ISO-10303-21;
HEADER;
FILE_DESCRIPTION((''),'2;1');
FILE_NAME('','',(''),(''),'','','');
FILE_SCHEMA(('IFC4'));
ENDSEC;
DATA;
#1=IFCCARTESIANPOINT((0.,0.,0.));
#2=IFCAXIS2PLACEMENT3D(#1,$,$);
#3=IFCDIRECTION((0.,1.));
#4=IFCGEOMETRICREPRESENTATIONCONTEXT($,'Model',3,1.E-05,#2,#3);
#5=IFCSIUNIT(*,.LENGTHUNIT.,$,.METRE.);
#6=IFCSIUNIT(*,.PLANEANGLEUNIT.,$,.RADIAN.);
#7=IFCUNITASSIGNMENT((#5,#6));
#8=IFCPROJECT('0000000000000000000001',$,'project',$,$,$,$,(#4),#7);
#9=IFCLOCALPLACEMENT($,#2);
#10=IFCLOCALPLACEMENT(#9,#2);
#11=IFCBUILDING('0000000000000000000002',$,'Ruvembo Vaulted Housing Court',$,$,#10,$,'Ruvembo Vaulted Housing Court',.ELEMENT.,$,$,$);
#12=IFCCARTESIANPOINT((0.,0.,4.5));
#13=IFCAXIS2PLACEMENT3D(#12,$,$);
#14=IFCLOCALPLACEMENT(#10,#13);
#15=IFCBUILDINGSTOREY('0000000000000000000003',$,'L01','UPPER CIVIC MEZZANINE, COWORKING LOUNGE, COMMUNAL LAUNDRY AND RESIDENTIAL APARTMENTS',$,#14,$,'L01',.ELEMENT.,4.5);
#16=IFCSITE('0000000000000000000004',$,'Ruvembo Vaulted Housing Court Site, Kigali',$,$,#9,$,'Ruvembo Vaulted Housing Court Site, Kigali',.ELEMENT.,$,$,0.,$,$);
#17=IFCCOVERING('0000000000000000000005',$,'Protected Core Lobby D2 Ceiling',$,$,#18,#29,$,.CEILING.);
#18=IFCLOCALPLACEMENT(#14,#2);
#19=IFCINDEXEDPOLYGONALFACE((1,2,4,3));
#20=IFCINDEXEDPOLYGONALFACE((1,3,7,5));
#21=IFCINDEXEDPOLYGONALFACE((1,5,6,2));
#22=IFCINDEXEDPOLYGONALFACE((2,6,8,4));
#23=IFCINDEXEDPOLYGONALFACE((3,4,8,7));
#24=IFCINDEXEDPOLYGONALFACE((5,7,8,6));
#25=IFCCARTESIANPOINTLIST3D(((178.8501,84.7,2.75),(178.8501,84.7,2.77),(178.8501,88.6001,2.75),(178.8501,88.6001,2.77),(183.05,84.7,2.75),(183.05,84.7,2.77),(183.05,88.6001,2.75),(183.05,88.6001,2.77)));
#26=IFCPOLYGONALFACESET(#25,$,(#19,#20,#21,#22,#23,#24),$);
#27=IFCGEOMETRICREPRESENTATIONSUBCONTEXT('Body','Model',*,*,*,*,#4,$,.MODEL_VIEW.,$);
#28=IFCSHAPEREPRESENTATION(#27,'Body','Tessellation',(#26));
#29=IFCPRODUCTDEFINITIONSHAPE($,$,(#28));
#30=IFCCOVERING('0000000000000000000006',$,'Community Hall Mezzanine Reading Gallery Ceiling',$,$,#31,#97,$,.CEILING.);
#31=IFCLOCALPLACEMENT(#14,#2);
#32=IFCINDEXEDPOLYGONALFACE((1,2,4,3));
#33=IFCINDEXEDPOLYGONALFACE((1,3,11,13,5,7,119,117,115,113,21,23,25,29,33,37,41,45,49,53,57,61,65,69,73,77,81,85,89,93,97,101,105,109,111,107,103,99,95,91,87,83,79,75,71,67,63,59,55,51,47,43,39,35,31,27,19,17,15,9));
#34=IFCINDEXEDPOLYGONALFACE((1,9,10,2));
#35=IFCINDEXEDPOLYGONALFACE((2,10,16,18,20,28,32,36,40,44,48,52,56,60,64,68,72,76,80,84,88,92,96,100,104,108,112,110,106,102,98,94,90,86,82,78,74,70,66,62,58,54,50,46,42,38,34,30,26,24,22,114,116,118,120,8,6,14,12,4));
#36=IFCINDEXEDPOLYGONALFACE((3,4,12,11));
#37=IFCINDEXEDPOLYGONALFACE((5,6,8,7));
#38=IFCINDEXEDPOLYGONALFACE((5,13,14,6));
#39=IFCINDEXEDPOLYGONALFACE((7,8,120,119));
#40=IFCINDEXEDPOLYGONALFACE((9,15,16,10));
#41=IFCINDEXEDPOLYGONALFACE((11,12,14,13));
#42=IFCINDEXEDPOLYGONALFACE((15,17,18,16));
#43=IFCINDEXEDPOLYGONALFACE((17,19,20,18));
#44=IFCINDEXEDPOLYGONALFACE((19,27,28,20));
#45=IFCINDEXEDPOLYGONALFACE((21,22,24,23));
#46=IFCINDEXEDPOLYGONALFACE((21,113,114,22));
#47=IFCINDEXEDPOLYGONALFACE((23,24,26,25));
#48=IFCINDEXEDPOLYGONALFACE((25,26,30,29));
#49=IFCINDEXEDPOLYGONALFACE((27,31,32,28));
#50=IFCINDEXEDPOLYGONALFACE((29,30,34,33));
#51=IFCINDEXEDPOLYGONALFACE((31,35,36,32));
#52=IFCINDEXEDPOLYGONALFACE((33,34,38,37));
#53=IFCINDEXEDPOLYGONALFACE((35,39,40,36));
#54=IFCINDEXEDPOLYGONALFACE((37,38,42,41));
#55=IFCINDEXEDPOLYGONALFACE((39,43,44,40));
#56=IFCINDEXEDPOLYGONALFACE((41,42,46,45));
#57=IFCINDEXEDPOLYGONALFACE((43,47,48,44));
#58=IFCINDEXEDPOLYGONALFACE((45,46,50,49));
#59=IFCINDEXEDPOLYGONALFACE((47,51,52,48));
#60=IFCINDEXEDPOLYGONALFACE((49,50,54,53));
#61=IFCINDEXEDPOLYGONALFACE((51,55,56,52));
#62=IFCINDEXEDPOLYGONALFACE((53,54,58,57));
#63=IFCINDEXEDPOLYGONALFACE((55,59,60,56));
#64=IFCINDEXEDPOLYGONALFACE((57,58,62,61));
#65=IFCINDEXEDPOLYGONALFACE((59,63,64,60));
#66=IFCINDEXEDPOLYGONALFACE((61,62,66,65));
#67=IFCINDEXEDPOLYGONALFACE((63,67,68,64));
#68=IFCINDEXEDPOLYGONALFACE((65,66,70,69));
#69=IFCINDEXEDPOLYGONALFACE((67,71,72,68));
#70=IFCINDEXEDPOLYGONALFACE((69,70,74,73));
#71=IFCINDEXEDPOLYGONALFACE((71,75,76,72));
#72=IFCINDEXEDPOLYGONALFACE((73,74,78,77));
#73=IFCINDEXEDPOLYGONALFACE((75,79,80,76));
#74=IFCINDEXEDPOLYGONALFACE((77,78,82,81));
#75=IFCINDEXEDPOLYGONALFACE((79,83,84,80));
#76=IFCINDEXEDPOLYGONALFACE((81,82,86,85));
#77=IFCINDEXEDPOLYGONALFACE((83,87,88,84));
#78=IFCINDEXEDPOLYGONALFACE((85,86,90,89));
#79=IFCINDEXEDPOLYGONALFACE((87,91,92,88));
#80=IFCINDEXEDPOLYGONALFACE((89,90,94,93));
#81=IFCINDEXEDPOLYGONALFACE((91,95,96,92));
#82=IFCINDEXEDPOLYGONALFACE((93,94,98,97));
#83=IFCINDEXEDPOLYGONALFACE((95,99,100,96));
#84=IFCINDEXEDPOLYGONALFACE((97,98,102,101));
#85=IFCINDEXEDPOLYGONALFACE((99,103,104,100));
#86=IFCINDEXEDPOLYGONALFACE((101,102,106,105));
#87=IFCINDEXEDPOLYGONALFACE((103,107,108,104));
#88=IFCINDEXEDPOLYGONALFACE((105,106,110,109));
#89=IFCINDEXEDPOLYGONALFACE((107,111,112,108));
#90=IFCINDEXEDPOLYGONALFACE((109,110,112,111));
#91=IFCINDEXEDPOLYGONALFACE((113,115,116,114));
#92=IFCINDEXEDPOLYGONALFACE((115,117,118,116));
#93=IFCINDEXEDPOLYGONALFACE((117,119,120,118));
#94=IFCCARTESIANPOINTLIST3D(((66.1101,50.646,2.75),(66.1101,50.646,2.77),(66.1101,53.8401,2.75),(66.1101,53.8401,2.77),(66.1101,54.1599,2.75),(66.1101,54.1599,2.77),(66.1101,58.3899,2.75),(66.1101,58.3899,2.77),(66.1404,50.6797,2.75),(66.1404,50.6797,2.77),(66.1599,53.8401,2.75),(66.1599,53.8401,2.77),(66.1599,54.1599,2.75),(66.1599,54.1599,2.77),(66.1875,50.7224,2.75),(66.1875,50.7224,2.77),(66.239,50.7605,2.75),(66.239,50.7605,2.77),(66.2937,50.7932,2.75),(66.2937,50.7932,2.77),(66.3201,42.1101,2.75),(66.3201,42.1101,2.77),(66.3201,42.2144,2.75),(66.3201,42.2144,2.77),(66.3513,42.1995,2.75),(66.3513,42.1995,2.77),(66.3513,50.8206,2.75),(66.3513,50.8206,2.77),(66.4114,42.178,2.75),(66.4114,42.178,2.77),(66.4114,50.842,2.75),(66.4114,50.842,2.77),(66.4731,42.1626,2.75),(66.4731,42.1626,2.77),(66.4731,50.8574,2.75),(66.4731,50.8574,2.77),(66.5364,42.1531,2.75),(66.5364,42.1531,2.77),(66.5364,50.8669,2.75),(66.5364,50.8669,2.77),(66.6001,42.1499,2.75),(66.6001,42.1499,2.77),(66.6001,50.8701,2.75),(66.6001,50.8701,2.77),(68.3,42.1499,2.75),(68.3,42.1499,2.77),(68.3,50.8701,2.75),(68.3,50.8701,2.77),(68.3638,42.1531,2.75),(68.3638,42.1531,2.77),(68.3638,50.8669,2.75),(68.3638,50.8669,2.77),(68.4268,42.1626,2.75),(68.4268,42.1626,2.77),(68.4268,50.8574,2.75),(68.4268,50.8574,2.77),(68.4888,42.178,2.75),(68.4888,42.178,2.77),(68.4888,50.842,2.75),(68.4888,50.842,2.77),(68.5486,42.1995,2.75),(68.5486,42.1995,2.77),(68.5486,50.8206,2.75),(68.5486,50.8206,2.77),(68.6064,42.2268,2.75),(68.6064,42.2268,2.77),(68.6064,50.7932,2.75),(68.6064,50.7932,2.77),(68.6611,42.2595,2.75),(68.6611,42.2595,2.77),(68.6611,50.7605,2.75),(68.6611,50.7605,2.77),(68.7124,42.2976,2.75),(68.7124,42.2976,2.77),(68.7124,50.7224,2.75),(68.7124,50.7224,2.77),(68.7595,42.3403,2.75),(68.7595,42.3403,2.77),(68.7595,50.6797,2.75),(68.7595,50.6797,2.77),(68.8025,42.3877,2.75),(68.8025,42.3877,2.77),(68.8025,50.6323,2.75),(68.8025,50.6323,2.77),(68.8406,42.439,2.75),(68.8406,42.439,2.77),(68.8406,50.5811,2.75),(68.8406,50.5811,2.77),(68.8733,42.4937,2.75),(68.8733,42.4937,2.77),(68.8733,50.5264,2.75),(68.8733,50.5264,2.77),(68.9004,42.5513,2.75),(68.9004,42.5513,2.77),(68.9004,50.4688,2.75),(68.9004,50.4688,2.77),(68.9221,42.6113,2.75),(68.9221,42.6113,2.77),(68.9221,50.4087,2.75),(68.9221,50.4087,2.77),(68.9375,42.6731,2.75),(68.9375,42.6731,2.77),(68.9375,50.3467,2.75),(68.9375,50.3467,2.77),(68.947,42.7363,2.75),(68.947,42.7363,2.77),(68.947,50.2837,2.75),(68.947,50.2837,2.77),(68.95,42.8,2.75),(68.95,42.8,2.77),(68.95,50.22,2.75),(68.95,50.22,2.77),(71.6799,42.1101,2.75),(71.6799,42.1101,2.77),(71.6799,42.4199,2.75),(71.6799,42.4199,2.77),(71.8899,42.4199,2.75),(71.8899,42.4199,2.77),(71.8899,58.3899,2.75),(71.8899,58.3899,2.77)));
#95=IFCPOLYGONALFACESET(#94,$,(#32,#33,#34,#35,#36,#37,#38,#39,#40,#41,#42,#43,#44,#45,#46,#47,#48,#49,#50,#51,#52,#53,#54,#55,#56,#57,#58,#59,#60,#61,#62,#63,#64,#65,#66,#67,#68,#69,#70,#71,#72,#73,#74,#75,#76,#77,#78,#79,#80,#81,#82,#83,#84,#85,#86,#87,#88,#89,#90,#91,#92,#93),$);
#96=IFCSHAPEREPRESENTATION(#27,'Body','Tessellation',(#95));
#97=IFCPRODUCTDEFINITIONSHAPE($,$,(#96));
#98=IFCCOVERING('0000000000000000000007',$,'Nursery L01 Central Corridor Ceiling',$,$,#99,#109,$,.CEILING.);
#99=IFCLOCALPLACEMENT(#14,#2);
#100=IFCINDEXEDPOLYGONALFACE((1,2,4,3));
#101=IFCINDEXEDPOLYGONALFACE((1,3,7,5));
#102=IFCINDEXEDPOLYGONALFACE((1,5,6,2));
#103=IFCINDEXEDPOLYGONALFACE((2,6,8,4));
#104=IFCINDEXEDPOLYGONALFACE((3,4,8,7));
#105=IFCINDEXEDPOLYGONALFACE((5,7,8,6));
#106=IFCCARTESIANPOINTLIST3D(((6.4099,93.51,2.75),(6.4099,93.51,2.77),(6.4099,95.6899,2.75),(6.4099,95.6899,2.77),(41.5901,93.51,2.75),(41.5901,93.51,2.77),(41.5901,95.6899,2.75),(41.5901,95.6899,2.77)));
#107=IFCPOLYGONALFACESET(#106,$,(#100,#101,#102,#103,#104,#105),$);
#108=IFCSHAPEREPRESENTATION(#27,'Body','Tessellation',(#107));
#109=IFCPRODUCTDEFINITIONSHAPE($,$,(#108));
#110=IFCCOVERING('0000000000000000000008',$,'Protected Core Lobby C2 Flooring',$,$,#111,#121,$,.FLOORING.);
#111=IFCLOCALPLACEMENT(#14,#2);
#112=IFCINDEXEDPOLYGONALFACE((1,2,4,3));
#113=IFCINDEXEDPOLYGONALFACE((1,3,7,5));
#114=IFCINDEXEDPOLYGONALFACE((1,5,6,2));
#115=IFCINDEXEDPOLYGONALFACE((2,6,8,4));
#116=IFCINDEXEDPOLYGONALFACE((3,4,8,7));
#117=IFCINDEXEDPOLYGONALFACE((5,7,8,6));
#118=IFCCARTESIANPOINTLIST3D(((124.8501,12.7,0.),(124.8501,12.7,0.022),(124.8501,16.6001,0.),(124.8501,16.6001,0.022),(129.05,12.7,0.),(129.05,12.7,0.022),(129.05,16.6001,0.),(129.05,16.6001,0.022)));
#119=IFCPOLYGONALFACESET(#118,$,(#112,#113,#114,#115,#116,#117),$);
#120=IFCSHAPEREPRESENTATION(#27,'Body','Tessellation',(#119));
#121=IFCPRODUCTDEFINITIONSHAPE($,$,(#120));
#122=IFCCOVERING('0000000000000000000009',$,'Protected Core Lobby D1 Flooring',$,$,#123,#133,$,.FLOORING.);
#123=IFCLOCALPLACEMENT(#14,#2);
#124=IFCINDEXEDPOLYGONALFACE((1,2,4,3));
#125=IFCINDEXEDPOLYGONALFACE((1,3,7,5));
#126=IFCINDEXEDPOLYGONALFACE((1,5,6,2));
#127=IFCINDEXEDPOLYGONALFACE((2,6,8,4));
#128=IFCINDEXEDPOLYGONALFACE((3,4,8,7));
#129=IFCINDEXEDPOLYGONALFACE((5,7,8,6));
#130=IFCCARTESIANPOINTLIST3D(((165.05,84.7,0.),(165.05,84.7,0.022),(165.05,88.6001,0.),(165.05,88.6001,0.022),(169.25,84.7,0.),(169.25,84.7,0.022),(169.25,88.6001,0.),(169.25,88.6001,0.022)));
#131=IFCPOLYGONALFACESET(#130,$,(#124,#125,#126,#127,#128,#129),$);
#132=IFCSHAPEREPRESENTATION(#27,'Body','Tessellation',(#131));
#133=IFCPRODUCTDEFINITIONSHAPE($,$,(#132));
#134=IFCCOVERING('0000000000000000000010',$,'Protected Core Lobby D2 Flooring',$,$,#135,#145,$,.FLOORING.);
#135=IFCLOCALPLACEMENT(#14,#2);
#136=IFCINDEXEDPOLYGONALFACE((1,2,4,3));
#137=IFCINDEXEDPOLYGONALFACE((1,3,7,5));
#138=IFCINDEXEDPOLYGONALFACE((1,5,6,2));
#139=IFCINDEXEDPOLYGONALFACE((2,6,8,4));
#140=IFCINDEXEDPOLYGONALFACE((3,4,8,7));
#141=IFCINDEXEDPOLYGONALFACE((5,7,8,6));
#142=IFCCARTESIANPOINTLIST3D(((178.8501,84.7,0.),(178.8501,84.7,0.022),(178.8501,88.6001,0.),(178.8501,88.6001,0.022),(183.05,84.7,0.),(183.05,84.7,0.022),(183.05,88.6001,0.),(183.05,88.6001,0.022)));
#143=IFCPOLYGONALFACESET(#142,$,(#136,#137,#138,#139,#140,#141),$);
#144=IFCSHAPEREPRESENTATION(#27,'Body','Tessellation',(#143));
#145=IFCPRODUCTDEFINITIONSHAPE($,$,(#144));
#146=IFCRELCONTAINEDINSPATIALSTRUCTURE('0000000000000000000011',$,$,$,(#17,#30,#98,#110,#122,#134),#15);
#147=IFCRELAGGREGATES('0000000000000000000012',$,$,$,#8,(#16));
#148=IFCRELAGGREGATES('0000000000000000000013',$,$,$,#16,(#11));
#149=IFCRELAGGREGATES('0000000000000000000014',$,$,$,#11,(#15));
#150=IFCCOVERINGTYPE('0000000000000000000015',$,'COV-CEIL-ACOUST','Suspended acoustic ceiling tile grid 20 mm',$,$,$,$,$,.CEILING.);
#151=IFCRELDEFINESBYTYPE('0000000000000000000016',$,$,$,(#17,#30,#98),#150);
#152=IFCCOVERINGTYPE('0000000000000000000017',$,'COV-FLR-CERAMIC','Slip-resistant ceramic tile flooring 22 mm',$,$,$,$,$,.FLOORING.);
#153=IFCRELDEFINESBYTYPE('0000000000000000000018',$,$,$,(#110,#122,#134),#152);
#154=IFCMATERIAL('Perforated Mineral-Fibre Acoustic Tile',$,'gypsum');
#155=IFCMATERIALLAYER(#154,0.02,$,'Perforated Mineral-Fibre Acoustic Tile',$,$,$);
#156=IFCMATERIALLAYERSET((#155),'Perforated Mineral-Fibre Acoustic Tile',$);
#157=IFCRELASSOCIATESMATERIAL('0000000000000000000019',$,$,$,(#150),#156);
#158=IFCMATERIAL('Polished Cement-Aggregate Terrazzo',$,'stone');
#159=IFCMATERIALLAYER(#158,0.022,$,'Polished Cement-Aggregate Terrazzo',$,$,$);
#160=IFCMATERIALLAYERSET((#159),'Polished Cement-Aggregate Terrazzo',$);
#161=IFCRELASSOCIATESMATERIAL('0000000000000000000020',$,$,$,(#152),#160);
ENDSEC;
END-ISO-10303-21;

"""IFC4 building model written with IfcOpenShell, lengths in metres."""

from ifc_helpers import new_model, si_unit, direction, frame, origin, place, context, subcontext, project, spatial, polyline, outline, extrude, material, layer, layer_set, type_object, element, save


model = new_model("IFC4")

# Units and contexts
model_context = context("Model", 3, precision=1e-05, world=origin(), true_north=direction((0.0, 1.0)))
body_context = subcontext(model_context, "Body", "Model", "MODEL_VIEW")
ifc_project = project(units=[si_unit("LENGTHUNIT", "METRE"), si_unit("PLANEANGLEUNIT", "RADIAN")], contexts=[model_context])

# Site, building, storey
site_placement = place(None, origin())
site = spatial("IfcSite", under=ifc_project, at=site_placement, Name="Ruvembo Vaulted Housing Court Site, Kigali", LongName="Ruvembo Vaulted Housing Court Site, Kigali", CompositionType="ELEMENT", RefElevation=0.0)
building_placement = place(site_placement, origin())
building = spatial("IfcBuilding", under=site, at=building_placement, Name="Ruvembo Vaulted Housing Court", LongName="Ruvembo Vaulted Housing Court", CompositionType="ELEMENT")
storey_placement = place(building_placement, frame((0.0, 0.0, 4.5)))
storey = spatial("IfcBuildingStorey", under=building, at=storey_placement, Name="L01", Description="UPPER CIVIC MEZZANINE, COWORKING LOUNGE, COMMUNAL LAUNDRY AND RESIDENTIAL APARTMENTS", LongName="L01", CompositionType="ELEMENT", Elevation=4.5)

# Coverings
ifc_material_1 = material(Name="Perforated Mineral-Fibre Acoustic Tile", Category="gypsum")
ifc_layer_1 = layer(ifc_material_1, 0.02, Name="Perforated Mineral-Fibre Acoustic Tile")
ifc_layer_set_1 = layer_set([ifc_layer_1], Name="Perforated Mineral-Fibre Acoustic Tile")
covering_type_1 = type_object("IfcCoveringType", Name="COV-CEIL-ACOUST", Description="Suspended acoustic ceiling tile grid 20 mm", PredefinedType="CEILING", material=ifc_layer_set_1)
covering_1_placement = place(storey_placement, frame((0.0, 0.0, 2.75)))
element("IfcCovering", 1, at=covering_1_placement, inside=storey, type_object=covering_type_1, Name="Protected Core Lobby D2 Ceiling", PredefinedType="CEILING", context=body_context, shape_type="SweptSolid", body=[
    extrude(outline(polyline([(178.8501, 88.6001), (178.8501, 84.7), (183.05, 84.7), (183.05, 88.6001), (178.8501, 88.6001)])), origin(), (0.0, 0.0, 1.0), 0.02),
])
covering_2_placement = place(storey_placement, frame((0.0, 0.0, 2.75)))
element("IfcCovering", 2, at=covering_2_placement, inside=storey, type_object=covering_type_1, Name="Community Hall Mezzanine Reading Gallery Ceiling", PredefinedType="CEILING", context=body_context, shape_type="SweptSolid", body=[
    extrude(outline(polyline([(66.1599, 53.8401), (66.1101, 53.8401), (66.1101, 50.646), (66.1404, 50.6797), (66.1875, 50.7224), (66.239, 50.7605), (66.2937, 50.7932), (66.3513, 50.8206), (66.4114, 50.842), (66.4731, 50.8574), (66.5364, 50.8669), (66.6001, 50.8701), (68.3, 50.8701), (68.3638, 50.8669), (68.4268, 50.8574), (68.4888, 50.842), (68.5486, 50.8206), (68.6064, 50.7932), (68.6611, 50.7605), (68.7124, 50.7224), (68.7595, 50.6797), (68.8025, 50.6323), (68.8406, 50.5811), (68.8733, 50.5264), (68.9004, 50.4688), (68.9221, 50.4087), (68.9375, 50.3467), (68.947, 50.2837), (68.95, 50.22), (68.95, 42.8), (68.947, 42.7363), (68.9375, 42.6731), (68.9221, 42.6113), (68.9004, 42.5513), (68.8733, 42.4937), (68.8406, 42.439), (68.8025, 42.3877), (68.7595, 42.3403), (68.7124, 42.2976), (68.6611, 42.2595), (68.6064, 42.2268), (68.5486, 42.1995), (68.4888, 42.178), (68.4268, 42.1626), (68.3638, 42.1531), (68.3, 42.1499), (66.6001, 42.1499), (66.5364, 42.1531), (66.4731, 42.1626), (66.4114, 42.178), (66.3513, 42.1995), (66.3201, 42.2144), (66.3201, 42.1101), (71.6799, 42.1101), (71.6799, 42.4199), (71.8899, 42.4199), (71.8899, 58.3899), (66.1101, 58.3899), (66.1101, 54.1599), (66.1599, 54.1599), (66.1599, 53.8401)])), origin(), (0.0, 0.0, 1.0), 0.02),
])
covering_3_placement = place(storey_placement, frame((0.0, 0.0, 2.75)))
element("IfcCovering", 3, at=covering_3_placement, inside=storey, type_object=covering_type_1, Name="Nursery L01 Central Corridor Ceiling", PredefinedType="CEILING", context=body_context, shape_type="SweptSolid", body=[
    extrude(outline(polyline([(6.4099, 95.6899), (6.4099, 93.51), (41.5901, 93.51), (41.5901, 95.6899), (6.4099, 95.6899)])), origin(), (0.0, 0.0, 1.0), 0.02),
])
ifc_material_2 = material(Name="Polished Cement-Aggregate Terrazzo", Category="stone")
ifc_layer_2 = layer(ifc_material_2, 0.022, Name="Polished Cement-Aggregate Terrazzo")
ifc_layer_set_2 = layer_set([ifc_layer_2], Name="Polished Cement-Aggregate Terrazzo")
covering_type_2 = type_object("IfcCoveringType", Name="COV-FLR-CERAMIC", Description="Slip-resistant ceramic tile flooring 22 mm", PredefinedType="FLOORING", material=ifc_layer_set_2)
covering_4_placement = place(storey_placement, origin())
element("IfcCovering", 4, at=covering_4_placement, inside=storey, type_object=covering_type_2, Name="Protected Core Lobby C2 Flooring", PredefinedType="FLOORING", context=body_context, shape_type="SweptSolid", body=[
    extrude(outline(polyline([(124.8501, 16.6001), (124.8501, 12.7), (129.05, 12.7), (129.05, 16.6001), (124.8501, 16.6001)])), origin(), (0.0, 0.0, 1.0), 0.022),
])
covering_5_placement = place(storey_placement, origin())
element("IfcCovering", 5, at=covering_5_placement, inside=storey, type_object=covering_type_2, Name="Protected Core Lobby D1 Flooring", PredefinedType="FLOORING", context=body_context, shape_type="SweptSolid", body=[
    extrude(outline(polyline([(165.05, 88.6001), (165.05, 84.7), (169.25, 84.7), (169.25, 88.6001), (165.05, 88.6001)])), origin(), (0.0, 0.0, 1.0), 0.022),
])
covering_6_placement = place(storey_placement, origin())
element("IfcCovering", 6, at=covering_6_placement, inside=storey, type_object=covering_type_2, Name="Protected Core Lobby D2 Flooring", PredefinedType="FLOORING", context=body_context, shape_type="SweptSolid", body=[
    extrude(outline(polyline([(178.8501, 88.6001), (178.8501, 84.7), (183.05, 84.7), (183.05, 88.6001), (178.8501, 88.6001)])), origin(), (0.0, 0.0, 1.0), 0.022),
])

save(model, "model.ifc")
